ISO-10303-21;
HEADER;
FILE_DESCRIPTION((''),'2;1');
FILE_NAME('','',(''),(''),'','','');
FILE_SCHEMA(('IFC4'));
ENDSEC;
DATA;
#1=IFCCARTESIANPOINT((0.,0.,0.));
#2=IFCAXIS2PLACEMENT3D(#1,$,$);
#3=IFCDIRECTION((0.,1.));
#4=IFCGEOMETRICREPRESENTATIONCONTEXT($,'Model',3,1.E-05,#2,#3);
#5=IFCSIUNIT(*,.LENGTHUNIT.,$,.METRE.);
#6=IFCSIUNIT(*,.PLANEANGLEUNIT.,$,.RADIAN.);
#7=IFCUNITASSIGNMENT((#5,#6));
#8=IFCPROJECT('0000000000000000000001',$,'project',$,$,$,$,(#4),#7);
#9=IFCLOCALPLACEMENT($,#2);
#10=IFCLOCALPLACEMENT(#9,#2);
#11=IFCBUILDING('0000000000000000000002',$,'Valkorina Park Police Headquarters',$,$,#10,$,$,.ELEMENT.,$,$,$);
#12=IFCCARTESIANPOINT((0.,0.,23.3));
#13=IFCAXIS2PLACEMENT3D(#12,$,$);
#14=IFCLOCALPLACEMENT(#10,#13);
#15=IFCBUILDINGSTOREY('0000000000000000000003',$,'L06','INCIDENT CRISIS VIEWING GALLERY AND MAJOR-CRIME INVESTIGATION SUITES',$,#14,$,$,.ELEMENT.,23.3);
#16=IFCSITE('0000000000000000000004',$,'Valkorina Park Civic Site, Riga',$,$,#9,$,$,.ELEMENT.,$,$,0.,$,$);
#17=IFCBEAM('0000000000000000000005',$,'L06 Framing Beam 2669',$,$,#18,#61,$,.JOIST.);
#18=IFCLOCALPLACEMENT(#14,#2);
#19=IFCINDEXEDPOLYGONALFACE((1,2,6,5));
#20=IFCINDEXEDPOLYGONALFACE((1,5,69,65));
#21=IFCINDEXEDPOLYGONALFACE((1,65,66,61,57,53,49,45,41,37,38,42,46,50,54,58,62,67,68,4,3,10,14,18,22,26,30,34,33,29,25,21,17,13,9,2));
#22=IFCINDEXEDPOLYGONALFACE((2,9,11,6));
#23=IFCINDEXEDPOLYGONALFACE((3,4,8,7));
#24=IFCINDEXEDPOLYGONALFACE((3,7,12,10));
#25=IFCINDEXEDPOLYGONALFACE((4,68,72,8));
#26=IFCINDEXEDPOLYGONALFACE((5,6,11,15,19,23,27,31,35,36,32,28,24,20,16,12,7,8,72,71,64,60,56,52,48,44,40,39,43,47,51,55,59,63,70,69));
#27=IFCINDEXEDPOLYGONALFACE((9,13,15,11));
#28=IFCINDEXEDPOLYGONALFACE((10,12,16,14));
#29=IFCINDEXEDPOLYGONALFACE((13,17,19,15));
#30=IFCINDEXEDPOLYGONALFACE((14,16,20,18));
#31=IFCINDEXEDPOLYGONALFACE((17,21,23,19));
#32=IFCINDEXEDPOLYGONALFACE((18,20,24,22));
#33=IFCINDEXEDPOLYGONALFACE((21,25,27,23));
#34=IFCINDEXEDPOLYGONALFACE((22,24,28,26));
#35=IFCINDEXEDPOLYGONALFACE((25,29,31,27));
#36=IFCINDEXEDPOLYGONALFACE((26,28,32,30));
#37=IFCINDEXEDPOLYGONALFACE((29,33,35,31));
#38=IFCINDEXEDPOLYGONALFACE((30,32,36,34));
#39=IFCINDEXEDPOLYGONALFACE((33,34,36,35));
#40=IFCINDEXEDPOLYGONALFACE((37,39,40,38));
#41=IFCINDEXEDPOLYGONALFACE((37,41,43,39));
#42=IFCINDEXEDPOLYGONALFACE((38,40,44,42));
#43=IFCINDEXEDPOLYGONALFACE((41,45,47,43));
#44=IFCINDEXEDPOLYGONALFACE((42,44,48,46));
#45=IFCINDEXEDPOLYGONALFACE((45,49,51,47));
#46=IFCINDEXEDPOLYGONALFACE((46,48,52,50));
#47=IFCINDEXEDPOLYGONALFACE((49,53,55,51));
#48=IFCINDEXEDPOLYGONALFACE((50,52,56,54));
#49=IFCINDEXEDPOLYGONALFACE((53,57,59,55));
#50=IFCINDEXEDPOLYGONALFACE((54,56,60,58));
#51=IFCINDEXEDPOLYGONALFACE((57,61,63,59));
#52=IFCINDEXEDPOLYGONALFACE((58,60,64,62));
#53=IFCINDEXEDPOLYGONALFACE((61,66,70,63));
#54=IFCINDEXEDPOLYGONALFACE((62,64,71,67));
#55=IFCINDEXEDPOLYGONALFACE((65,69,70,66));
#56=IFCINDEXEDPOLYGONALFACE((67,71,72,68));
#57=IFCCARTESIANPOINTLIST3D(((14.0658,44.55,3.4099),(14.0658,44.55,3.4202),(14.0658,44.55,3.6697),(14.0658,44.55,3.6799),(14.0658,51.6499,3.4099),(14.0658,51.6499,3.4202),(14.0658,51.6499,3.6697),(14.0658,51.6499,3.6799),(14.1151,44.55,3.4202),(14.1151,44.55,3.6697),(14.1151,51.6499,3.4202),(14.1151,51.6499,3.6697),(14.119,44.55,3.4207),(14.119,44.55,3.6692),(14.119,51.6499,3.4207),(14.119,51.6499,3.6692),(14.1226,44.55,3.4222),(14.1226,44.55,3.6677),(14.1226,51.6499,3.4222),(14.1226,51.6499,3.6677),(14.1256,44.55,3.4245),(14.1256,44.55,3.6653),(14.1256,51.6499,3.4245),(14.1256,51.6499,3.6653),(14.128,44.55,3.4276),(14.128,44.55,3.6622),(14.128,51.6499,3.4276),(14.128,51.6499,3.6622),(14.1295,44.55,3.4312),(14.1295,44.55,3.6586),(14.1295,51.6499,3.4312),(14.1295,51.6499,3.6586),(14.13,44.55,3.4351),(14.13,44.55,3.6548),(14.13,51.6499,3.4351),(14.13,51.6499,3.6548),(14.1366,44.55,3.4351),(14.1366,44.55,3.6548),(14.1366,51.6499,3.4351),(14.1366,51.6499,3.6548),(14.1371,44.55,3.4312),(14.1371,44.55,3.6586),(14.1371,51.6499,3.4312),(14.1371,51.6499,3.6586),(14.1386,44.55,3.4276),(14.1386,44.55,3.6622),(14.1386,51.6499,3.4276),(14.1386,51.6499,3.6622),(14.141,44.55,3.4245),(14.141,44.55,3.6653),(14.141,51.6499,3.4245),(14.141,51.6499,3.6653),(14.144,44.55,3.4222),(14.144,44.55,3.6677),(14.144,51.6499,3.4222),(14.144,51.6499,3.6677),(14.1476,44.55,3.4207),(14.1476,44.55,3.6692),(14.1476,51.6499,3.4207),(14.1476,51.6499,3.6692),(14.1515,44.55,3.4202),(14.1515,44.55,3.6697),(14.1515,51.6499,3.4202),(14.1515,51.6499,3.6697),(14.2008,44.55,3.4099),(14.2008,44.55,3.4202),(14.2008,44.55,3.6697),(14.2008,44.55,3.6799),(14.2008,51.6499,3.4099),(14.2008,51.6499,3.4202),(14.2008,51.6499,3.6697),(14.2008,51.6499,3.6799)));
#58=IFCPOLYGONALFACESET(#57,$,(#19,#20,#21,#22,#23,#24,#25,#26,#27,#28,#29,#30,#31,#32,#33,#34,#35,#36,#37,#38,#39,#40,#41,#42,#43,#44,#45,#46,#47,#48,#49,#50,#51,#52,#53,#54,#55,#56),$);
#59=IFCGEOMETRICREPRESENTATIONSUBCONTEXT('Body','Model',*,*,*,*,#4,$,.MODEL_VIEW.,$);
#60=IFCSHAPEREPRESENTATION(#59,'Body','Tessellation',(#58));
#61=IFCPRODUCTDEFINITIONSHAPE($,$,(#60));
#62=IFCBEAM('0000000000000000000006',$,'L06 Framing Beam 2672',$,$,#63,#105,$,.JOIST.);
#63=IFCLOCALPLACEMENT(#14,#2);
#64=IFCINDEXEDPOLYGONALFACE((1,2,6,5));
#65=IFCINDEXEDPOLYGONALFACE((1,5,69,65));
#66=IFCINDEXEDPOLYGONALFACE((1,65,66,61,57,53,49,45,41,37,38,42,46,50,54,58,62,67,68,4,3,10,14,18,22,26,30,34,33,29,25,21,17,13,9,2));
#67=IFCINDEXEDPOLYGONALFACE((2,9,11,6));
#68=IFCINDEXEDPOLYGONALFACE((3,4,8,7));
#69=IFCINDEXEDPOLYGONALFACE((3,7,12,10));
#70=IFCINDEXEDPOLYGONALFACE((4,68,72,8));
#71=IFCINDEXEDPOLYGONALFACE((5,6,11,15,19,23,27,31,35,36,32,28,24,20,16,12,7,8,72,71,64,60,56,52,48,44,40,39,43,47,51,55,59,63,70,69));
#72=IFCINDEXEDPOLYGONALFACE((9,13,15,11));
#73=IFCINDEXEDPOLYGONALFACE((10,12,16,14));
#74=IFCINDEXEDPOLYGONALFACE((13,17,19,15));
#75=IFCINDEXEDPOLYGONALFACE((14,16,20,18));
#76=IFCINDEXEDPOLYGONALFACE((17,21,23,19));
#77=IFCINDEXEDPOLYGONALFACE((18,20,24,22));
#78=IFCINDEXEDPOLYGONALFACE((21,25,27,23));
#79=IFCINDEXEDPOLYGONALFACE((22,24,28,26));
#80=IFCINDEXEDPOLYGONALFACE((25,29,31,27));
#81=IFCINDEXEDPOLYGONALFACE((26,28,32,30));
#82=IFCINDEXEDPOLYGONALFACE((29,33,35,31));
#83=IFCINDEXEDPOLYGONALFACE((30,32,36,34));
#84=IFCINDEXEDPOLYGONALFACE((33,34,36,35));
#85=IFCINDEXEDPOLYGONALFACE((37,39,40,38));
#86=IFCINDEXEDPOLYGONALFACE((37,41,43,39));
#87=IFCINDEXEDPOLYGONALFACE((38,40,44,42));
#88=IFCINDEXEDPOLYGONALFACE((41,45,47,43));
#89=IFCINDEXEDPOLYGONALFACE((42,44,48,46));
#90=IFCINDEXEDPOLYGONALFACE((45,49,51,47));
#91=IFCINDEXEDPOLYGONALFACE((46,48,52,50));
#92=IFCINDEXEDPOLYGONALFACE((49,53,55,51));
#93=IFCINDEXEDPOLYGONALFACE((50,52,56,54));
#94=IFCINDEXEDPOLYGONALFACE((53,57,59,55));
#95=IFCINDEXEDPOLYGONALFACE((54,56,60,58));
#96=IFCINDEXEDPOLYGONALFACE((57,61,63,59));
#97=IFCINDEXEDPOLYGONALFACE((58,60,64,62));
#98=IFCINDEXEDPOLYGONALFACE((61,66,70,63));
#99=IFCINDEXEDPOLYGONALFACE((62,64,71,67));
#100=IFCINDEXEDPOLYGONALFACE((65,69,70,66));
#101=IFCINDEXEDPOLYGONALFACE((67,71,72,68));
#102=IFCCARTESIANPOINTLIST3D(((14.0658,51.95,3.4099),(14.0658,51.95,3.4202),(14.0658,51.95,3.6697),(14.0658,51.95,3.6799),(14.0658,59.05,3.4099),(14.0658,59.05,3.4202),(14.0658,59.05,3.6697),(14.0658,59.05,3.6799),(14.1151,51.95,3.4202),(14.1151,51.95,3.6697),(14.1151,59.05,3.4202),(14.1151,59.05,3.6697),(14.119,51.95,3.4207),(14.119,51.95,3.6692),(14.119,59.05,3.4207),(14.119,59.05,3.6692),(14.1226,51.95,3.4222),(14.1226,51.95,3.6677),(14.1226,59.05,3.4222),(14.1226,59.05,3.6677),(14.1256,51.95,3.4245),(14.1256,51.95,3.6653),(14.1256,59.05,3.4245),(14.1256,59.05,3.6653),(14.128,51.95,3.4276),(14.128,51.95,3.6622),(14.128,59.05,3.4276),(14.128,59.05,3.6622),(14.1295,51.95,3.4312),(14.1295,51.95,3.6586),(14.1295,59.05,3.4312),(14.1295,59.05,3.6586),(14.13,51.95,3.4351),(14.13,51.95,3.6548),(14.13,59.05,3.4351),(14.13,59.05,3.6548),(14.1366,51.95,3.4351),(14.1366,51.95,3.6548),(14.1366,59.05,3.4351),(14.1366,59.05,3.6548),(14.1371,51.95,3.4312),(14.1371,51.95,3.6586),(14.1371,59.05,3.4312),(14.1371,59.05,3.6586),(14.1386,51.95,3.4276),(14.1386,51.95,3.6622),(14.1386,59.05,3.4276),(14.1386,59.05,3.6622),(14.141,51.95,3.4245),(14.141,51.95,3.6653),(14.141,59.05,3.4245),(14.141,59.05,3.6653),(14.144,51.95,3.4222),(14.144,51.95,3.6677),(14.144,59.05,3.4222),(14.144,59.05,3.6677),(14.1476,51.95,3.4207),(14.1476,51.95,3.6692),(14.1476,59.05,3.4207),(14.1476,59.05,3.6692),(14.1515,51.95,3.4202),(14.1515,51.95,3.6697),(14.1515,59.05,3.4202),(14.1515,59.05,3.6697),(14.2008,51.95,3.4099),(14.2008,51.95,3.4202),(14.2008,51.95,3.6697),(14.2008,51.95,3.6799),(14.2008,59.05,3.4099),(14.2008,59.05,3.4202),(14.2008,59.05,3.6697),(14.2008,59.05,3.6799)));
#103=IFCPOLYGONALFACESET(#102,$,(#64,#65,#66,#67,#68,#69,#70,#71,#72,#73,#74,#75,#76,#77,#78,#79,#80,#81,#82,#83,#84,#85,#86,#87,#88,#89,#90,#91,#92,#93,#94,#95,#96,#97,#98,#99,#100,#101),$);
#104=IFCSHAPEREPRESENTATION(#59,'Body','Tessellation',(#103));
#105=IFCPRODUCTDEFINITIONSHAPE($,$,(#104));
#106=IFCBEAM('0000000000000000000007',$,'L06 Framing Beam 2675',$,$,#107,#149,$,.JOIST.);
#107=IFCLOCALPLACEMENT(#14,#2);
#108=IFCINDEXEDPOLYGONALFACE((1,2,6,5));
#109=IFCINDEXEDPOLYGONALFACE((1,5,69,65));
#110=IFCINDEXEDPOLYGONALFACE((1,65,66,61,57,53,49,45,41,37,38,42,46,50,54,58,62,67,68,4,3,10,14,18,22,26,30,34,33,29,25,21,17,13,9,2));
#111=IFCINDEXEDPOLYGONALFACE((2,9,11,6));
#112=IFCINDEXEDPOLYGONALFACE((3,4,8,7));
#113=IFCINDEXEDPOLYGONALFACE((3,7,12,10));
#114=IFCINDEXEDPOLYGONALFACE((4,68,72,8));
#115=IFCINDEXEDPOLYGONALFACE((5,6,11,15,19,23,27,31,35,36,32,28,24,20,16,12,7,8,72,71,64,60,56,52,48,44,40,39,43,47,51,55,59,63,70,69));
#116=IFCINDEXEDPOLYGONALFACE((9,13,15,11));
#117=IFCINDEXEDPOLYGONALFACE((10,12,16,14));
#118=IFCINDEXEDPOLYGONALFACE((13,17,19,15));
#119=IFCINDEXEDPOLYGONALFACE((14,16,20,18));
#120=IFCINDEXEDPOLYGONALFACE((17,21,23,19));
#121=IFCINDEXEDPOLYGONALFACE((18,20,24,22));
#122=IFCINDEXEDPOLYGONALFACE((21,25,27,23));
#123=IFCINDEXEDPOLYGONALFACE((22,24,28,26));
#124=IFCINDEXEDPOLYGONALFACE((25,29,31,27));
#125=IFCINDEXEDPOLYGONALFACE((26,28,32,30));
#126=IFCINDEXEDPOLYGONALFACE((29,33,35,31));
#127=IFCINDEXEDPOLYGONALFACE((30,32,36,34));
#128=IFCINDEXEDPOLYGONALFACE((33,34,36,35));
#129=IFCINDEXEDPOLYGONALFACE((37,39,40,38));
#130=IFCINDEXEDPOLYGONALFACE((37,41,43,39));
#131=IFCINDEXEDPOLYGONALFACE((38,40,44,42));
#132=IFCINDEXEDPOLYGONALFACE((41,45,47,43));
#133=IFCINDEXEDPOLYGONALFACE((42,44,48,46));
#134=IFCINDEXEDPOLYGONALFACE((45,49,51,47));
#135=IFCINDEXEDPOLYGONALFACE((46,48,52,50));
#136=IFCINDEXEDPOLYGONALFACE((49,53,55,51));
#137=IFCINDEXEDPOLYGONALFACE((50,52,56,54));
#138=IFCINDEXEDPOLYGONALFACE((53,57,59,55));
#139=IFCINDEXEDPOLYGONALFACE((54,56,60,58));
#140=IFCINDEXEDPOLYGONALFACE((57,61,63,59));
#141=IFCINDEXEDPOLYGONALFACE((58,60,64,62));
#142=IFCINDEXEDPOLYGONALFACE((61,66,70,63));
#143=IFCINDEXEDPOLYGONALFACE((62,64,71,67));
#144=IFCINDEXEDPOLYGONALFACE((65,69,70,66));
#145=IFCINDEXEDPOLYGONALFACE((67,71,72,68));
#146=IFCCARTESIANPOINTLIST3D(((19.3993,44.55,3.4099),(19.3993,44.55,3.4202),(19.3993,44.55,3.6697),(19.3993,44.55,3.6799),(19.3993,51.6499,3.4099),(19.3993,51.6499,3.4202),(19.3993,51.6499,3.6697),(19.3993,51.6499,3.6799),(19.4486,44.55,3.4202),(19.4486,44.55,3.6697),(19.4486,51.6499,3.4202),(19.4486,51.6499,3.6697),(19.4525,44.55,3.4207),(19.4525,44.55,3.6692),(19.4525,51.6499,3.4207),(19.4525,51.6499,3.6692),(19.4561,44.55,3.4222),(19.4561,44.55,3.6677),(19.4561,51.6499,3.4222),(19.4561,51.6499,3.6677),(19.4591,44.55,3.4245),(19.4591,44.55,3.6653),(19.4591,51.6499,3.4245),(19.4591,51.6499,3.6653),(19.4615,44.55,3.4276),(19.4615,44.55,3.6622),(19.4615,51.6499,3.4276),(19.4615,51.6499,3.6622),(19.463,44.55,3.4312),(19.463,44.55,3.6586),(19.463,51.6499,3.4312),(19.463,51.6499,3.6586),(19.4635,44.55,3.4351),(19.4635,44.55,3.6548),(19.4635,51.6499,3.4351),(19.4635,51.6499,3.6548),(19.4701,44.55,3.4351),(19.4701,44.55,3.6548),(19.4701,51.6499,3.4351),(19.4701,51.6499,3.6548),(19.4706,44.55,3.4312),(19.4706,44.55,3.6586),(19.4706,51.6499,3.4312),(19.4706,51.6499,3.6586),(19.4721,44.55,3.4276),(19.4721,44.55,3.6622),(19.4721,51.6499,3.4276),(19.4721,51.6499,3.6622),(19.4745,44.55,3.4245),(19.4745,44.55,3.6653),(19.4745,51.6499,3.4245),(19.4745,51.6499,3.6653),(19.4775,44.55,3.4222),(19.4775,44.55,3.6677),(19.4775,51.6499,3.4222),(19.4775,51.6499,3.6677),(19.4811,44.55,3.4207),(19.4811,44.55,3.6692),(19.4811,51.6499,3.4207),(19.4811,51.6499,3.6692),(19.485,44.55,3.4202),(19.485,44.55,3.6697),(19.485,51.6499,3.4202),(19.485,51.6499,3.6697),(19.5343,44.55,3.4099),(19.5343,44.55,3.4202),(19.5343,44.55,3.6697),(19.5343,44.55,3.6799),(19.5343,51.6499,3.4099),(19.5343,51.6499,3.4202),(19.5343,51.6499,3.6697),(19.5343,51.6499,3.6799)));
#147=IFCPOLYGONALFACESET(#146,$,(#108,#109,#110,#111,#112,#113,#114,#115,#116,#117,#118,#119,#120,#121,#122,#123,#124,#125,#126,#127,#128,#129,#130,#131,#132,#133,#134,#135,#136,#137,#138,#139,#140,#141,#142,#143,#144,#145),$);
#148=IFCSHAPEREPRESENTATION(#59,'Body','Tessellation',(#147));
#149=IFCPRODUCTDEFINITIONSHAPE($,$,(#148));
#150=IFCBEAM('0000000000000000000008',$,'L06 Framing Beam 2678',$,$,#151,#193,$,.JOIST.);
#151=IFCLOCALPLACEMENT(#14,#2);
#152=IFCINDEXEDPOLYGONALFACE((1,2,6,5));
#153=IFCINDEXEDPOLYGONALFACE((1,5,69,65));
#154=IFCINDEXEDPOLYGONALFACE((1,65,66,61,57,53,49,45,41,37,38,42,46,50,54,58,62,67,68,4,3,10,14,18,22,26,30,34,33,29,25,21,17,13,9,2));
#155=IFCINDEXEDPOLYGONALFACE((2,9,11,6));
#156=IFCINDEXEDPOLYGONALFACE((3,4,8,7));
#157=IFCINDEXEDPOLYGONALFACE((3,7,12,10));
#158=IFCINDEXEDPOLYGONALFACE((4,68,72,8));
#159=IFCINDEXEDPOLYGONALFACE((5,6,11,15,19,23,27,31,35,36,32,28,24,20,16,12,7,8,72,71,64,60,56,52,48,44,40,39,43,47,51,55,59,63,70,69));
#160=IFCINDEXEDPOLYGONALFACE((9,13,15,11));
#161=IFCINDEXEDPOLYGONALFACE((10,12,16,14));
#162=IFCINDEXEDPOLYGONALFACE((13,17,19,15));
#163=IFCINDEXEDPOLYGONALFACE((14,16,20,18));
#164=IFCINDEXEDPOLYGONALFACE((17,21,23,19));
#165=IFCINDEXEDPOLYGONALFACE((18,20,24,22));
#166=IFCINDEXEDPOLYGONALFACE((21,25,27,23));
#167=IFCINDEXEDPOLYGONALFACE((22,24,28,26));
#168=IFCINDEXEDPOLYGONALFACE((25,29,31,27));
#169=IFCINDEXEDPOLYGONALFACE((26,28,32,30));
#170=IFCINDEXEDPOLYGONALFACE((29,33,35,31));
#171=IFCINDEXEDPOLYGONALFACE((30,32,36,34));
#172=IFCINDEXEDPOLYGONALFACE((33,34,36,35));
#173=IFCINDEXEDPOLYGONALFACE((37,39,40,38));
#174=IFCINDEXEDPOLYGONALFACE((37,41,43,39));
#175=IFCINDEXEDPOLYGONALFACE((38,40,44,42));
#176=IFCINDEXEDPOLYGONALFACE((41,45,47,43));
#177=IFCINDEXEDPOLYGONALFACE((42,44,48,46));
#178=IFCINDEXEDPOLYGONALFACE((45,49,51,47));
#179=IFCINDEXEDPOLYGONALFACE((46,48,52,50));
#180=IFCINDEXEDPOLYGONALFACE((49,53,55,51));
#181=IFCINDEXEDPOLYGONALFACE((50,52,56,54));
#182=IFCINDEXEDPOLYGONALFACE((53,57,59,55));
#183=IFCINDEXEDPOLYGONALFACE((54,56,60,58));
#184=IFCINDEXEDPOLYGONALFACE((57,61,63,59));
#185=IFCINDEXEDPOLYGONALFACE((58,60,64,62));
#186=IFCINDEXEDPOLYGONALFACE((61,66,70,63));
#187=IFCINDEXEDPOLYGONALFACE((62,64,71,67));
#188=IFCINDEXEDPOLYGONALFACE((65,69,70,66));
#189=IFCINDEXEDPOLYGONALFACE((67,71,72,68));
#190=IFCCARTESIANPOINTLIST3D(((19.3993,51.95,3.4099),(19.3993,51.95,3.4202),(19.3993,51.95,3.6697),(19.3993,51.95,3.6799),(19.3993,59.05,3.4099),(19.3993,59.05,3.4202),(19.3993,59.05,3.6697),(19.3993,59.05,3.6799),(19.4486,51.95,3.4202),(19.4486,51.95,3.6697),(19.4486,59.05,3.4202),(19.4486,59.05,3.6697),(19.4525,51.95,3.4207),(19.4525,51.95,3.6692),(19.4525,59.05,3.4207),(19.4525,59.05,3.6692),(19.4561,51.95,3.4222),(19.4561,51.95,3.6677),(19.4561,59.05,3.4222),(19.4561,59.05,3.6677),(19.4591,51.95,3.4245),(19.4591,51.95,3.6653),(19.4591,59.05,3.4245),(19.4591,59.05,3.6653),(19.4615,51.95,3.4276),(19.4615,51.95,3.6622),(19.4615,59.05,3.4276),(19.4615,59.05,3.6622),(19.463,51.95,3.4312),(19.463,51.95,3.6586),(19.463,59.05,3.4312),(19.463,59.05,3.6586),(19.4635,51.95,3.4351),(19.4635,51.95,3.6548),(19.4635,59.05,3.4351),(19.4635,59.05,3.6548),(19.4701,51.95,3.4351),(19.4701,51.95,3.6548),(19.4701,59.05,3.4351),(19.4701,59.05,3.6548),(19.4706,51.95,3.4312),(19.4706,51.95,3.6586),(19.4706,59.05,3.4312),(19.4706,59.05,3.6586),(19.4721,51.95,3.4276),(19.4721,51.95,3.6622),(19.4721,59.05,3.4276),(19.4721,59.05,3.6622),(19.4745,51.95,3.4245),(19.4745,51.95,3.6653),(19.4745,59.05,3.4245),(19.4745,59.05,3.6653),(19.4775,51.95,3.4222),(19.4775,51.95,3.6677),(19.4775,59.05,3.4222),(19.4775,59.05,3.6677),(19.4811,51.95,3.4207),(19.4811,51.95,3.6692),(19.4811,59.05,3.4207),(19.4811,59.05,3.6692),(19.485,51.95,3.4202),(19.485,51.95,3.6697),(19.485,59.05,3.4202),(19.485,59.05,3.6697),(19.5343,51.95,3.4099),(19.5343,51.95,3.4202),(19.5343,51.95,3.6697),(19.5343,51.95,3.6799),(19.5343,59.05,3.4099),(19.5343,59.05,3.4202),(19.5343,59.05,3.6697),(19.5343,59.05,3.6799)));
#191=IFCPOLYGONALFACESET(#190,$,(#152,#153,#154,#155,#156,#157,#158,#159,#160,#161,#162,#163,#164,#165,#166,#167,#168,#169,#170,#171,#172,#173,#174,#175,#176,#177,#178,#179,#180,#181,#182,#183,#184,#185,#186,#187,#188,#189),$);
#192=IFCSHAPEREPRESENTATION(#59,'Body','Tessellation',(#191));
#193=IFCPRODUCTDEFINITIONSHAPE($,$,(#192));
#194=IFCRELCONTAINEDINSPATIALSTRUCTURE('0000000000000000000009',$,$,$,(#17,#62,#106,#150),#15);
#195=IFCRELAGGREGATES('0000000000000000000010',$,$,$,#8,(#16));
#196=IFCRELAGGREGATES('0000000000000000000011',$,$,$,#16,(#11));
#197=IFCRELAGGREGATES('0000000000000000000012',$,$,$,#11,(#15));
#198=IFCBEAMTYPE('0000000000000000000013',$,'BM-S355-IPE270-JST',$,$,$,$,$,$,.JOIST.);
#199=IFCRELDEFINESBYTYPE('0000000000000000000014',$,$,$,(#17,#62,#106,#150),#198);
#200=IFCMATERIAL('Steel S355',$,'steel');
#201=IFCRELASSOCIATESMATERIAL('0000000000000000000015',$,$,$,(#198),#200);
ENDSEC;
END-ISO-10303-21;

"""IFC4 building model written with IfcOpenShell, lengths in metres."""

from ifc_helpers import new_model, si_unit, direction, frame, origin, origin_2d, place, context, subcontext, project, spatial, i_section, extrude, material, material_profile, profile_set, type_object, element, save


model = new_model("IFC4")

# Units and contexts
model_context = context("Model", 3, precision=1e-05, world=origin(), true_north=direction((0.0, 1.0)))
body_context = subcontext(model_context, "Body", "Model", "MODEL_VIEW")
ifc_project = project(units=[si_unit("LENGTHUNIT", "METRE"), si_unit("PLANEANGLEUNIT", "RADIAN")], contexts=[model_context])

# Site, building, storey
site_placement = place(None, origin())
site = spatial("IfcSite", under=ifc_project, at=site_placement, Name="Valkorina Park Civic Site, Riga", CompositionType="ELEMENT", RefElevation=0.0)
building_placement = place(site_placement, origin())
building = spatial("IfcBuilding", under=site, at=building_placement, Name="Valkorina Park Police Headquarters", CompositionType="ELEMENT")
storey_placement = place(building_placement, frame((0.0, 0.0, 23.3)))
storey = spatial("IfcBuildingStorey", under=building, at=storey_placement, Name="L06", Description="INCIDENT CRISIS VIEWING GALLERY AND MAJOR-CRIME INVESTIGATION SUITES", CompositionType="ELEMENT", Elevation=23.3)

# Shared definitions
ifc_material_1 = material(Name="Steel S355", Category="steel")

# Beams
ifc_material_profile_1 = material_profile(ifc_material_1, i_section(OverallWidth=0.135, OverallDepth=0.27, WebThickness=0.0066, FlangeThickness=0.0103, FilletRadius=0.0149, at=origin_2d()), Name="IPE 270")
ifc_profile_set_1 = profile_set([ifc_material_profile_1], Name="Steel S355")
beam_type_1 = type_object("IfcBeamType", Name="BM-S355-IPE270-JST", PredefinedType="JOIST", material=ifc_profile_set_1)
beam_1_placement = place(storey_placement, frame((14.1333, 44.55, 3.5449), z_axis=(0.0, 1.0, 0.0), x_axis=(-1.0, 0.0, 0.0)))
element("IfcBeam", 1, at=beam_1_placement, inside=storey, type_object=beam_type_1, Name="L06 Framing Beam 2669", PredefinedType="JOIST", context=body_context, shape_type="SweptSolid", body=[
    extrude(i_section(OverallWidth=0.135, OverallDepth=0.27, WebThickness=0.0066, FlangeThickness=0.0103, FilletRadius=0.0149, at=origin_2d()), origin(), (0.0, 0.0, 1.0), 7.0999),
])
beam_2_placement = place(storey_placement, frame((14.1333, 51.95, 3.5449), z_axis=(0.0, 1.0, 0.0), x_axis=(-1.0, 0.0, 0.0)))
element("IfcBeam", 2, at=beam_2_placement, inside=storey, type_object=beam_type_1, Name="L06 Framing Beam 2672", PredefinedType="JOIST", context=body_context, shape_type="SweptSolid", body=[
    extrude(i_section(OverallWidth=0.135, OverallDepth=0.27, WebThickness=0.0066, FlangeThickness=0.0103, FilletRadius=0.0149, at=origin_2d()), origin(), (0.0, 0.0, 1.0), 7.1001),
])
beam_3_placement = place(storey_placement, frame((19.4668, 44.55, 3.5449), z_axis=(0.0, 1.0, 0.0), x_axis=(-1.0, 0.0, 0.0)))
element("IfcBeam", 3, at=beam_3_placement, inside=storey, type_object=beam_type_1, Name="L06 Framing Beam 2675", PredefinedType="JOIST", context=body_context, shape_type="SweptSolid", body=[
    extrude(i_section(OverallWidth=0.135, OverallDepth=0.27, WebThickness=0.0066, FlangeThickness=0.0103, FilletRadius=0.0149, at=origin_2d()), origin(), (0.0, 0.0, 1.0), 7.0999),
])
beam_4_placement = place(storey_placement, frame((19.4668, 51.95, 3.5449), z_axis=(0.0, 1.0, 0.0), x_axis=(-1.0, 0.0, 0.0)))
element("IfcBeam", 4, at=beam_4_placement, inside=storey, type_object=beam_type_1, Name="L06 Framing Beam 2678", PredefinedType="JOIST", context=body_context, shape_type="SweptSolid", body=[
    extrude(i_section(OverallWidth=0.135, OverallDepth=0.27, WebThickness=0.0066, FlangeThickness=0.0103, FilletRadius=0.0149, at=origin_2d()), origin(), (0.0, 0.0, 1.0), 7.1001),
])

save(model, "model.ifc")
